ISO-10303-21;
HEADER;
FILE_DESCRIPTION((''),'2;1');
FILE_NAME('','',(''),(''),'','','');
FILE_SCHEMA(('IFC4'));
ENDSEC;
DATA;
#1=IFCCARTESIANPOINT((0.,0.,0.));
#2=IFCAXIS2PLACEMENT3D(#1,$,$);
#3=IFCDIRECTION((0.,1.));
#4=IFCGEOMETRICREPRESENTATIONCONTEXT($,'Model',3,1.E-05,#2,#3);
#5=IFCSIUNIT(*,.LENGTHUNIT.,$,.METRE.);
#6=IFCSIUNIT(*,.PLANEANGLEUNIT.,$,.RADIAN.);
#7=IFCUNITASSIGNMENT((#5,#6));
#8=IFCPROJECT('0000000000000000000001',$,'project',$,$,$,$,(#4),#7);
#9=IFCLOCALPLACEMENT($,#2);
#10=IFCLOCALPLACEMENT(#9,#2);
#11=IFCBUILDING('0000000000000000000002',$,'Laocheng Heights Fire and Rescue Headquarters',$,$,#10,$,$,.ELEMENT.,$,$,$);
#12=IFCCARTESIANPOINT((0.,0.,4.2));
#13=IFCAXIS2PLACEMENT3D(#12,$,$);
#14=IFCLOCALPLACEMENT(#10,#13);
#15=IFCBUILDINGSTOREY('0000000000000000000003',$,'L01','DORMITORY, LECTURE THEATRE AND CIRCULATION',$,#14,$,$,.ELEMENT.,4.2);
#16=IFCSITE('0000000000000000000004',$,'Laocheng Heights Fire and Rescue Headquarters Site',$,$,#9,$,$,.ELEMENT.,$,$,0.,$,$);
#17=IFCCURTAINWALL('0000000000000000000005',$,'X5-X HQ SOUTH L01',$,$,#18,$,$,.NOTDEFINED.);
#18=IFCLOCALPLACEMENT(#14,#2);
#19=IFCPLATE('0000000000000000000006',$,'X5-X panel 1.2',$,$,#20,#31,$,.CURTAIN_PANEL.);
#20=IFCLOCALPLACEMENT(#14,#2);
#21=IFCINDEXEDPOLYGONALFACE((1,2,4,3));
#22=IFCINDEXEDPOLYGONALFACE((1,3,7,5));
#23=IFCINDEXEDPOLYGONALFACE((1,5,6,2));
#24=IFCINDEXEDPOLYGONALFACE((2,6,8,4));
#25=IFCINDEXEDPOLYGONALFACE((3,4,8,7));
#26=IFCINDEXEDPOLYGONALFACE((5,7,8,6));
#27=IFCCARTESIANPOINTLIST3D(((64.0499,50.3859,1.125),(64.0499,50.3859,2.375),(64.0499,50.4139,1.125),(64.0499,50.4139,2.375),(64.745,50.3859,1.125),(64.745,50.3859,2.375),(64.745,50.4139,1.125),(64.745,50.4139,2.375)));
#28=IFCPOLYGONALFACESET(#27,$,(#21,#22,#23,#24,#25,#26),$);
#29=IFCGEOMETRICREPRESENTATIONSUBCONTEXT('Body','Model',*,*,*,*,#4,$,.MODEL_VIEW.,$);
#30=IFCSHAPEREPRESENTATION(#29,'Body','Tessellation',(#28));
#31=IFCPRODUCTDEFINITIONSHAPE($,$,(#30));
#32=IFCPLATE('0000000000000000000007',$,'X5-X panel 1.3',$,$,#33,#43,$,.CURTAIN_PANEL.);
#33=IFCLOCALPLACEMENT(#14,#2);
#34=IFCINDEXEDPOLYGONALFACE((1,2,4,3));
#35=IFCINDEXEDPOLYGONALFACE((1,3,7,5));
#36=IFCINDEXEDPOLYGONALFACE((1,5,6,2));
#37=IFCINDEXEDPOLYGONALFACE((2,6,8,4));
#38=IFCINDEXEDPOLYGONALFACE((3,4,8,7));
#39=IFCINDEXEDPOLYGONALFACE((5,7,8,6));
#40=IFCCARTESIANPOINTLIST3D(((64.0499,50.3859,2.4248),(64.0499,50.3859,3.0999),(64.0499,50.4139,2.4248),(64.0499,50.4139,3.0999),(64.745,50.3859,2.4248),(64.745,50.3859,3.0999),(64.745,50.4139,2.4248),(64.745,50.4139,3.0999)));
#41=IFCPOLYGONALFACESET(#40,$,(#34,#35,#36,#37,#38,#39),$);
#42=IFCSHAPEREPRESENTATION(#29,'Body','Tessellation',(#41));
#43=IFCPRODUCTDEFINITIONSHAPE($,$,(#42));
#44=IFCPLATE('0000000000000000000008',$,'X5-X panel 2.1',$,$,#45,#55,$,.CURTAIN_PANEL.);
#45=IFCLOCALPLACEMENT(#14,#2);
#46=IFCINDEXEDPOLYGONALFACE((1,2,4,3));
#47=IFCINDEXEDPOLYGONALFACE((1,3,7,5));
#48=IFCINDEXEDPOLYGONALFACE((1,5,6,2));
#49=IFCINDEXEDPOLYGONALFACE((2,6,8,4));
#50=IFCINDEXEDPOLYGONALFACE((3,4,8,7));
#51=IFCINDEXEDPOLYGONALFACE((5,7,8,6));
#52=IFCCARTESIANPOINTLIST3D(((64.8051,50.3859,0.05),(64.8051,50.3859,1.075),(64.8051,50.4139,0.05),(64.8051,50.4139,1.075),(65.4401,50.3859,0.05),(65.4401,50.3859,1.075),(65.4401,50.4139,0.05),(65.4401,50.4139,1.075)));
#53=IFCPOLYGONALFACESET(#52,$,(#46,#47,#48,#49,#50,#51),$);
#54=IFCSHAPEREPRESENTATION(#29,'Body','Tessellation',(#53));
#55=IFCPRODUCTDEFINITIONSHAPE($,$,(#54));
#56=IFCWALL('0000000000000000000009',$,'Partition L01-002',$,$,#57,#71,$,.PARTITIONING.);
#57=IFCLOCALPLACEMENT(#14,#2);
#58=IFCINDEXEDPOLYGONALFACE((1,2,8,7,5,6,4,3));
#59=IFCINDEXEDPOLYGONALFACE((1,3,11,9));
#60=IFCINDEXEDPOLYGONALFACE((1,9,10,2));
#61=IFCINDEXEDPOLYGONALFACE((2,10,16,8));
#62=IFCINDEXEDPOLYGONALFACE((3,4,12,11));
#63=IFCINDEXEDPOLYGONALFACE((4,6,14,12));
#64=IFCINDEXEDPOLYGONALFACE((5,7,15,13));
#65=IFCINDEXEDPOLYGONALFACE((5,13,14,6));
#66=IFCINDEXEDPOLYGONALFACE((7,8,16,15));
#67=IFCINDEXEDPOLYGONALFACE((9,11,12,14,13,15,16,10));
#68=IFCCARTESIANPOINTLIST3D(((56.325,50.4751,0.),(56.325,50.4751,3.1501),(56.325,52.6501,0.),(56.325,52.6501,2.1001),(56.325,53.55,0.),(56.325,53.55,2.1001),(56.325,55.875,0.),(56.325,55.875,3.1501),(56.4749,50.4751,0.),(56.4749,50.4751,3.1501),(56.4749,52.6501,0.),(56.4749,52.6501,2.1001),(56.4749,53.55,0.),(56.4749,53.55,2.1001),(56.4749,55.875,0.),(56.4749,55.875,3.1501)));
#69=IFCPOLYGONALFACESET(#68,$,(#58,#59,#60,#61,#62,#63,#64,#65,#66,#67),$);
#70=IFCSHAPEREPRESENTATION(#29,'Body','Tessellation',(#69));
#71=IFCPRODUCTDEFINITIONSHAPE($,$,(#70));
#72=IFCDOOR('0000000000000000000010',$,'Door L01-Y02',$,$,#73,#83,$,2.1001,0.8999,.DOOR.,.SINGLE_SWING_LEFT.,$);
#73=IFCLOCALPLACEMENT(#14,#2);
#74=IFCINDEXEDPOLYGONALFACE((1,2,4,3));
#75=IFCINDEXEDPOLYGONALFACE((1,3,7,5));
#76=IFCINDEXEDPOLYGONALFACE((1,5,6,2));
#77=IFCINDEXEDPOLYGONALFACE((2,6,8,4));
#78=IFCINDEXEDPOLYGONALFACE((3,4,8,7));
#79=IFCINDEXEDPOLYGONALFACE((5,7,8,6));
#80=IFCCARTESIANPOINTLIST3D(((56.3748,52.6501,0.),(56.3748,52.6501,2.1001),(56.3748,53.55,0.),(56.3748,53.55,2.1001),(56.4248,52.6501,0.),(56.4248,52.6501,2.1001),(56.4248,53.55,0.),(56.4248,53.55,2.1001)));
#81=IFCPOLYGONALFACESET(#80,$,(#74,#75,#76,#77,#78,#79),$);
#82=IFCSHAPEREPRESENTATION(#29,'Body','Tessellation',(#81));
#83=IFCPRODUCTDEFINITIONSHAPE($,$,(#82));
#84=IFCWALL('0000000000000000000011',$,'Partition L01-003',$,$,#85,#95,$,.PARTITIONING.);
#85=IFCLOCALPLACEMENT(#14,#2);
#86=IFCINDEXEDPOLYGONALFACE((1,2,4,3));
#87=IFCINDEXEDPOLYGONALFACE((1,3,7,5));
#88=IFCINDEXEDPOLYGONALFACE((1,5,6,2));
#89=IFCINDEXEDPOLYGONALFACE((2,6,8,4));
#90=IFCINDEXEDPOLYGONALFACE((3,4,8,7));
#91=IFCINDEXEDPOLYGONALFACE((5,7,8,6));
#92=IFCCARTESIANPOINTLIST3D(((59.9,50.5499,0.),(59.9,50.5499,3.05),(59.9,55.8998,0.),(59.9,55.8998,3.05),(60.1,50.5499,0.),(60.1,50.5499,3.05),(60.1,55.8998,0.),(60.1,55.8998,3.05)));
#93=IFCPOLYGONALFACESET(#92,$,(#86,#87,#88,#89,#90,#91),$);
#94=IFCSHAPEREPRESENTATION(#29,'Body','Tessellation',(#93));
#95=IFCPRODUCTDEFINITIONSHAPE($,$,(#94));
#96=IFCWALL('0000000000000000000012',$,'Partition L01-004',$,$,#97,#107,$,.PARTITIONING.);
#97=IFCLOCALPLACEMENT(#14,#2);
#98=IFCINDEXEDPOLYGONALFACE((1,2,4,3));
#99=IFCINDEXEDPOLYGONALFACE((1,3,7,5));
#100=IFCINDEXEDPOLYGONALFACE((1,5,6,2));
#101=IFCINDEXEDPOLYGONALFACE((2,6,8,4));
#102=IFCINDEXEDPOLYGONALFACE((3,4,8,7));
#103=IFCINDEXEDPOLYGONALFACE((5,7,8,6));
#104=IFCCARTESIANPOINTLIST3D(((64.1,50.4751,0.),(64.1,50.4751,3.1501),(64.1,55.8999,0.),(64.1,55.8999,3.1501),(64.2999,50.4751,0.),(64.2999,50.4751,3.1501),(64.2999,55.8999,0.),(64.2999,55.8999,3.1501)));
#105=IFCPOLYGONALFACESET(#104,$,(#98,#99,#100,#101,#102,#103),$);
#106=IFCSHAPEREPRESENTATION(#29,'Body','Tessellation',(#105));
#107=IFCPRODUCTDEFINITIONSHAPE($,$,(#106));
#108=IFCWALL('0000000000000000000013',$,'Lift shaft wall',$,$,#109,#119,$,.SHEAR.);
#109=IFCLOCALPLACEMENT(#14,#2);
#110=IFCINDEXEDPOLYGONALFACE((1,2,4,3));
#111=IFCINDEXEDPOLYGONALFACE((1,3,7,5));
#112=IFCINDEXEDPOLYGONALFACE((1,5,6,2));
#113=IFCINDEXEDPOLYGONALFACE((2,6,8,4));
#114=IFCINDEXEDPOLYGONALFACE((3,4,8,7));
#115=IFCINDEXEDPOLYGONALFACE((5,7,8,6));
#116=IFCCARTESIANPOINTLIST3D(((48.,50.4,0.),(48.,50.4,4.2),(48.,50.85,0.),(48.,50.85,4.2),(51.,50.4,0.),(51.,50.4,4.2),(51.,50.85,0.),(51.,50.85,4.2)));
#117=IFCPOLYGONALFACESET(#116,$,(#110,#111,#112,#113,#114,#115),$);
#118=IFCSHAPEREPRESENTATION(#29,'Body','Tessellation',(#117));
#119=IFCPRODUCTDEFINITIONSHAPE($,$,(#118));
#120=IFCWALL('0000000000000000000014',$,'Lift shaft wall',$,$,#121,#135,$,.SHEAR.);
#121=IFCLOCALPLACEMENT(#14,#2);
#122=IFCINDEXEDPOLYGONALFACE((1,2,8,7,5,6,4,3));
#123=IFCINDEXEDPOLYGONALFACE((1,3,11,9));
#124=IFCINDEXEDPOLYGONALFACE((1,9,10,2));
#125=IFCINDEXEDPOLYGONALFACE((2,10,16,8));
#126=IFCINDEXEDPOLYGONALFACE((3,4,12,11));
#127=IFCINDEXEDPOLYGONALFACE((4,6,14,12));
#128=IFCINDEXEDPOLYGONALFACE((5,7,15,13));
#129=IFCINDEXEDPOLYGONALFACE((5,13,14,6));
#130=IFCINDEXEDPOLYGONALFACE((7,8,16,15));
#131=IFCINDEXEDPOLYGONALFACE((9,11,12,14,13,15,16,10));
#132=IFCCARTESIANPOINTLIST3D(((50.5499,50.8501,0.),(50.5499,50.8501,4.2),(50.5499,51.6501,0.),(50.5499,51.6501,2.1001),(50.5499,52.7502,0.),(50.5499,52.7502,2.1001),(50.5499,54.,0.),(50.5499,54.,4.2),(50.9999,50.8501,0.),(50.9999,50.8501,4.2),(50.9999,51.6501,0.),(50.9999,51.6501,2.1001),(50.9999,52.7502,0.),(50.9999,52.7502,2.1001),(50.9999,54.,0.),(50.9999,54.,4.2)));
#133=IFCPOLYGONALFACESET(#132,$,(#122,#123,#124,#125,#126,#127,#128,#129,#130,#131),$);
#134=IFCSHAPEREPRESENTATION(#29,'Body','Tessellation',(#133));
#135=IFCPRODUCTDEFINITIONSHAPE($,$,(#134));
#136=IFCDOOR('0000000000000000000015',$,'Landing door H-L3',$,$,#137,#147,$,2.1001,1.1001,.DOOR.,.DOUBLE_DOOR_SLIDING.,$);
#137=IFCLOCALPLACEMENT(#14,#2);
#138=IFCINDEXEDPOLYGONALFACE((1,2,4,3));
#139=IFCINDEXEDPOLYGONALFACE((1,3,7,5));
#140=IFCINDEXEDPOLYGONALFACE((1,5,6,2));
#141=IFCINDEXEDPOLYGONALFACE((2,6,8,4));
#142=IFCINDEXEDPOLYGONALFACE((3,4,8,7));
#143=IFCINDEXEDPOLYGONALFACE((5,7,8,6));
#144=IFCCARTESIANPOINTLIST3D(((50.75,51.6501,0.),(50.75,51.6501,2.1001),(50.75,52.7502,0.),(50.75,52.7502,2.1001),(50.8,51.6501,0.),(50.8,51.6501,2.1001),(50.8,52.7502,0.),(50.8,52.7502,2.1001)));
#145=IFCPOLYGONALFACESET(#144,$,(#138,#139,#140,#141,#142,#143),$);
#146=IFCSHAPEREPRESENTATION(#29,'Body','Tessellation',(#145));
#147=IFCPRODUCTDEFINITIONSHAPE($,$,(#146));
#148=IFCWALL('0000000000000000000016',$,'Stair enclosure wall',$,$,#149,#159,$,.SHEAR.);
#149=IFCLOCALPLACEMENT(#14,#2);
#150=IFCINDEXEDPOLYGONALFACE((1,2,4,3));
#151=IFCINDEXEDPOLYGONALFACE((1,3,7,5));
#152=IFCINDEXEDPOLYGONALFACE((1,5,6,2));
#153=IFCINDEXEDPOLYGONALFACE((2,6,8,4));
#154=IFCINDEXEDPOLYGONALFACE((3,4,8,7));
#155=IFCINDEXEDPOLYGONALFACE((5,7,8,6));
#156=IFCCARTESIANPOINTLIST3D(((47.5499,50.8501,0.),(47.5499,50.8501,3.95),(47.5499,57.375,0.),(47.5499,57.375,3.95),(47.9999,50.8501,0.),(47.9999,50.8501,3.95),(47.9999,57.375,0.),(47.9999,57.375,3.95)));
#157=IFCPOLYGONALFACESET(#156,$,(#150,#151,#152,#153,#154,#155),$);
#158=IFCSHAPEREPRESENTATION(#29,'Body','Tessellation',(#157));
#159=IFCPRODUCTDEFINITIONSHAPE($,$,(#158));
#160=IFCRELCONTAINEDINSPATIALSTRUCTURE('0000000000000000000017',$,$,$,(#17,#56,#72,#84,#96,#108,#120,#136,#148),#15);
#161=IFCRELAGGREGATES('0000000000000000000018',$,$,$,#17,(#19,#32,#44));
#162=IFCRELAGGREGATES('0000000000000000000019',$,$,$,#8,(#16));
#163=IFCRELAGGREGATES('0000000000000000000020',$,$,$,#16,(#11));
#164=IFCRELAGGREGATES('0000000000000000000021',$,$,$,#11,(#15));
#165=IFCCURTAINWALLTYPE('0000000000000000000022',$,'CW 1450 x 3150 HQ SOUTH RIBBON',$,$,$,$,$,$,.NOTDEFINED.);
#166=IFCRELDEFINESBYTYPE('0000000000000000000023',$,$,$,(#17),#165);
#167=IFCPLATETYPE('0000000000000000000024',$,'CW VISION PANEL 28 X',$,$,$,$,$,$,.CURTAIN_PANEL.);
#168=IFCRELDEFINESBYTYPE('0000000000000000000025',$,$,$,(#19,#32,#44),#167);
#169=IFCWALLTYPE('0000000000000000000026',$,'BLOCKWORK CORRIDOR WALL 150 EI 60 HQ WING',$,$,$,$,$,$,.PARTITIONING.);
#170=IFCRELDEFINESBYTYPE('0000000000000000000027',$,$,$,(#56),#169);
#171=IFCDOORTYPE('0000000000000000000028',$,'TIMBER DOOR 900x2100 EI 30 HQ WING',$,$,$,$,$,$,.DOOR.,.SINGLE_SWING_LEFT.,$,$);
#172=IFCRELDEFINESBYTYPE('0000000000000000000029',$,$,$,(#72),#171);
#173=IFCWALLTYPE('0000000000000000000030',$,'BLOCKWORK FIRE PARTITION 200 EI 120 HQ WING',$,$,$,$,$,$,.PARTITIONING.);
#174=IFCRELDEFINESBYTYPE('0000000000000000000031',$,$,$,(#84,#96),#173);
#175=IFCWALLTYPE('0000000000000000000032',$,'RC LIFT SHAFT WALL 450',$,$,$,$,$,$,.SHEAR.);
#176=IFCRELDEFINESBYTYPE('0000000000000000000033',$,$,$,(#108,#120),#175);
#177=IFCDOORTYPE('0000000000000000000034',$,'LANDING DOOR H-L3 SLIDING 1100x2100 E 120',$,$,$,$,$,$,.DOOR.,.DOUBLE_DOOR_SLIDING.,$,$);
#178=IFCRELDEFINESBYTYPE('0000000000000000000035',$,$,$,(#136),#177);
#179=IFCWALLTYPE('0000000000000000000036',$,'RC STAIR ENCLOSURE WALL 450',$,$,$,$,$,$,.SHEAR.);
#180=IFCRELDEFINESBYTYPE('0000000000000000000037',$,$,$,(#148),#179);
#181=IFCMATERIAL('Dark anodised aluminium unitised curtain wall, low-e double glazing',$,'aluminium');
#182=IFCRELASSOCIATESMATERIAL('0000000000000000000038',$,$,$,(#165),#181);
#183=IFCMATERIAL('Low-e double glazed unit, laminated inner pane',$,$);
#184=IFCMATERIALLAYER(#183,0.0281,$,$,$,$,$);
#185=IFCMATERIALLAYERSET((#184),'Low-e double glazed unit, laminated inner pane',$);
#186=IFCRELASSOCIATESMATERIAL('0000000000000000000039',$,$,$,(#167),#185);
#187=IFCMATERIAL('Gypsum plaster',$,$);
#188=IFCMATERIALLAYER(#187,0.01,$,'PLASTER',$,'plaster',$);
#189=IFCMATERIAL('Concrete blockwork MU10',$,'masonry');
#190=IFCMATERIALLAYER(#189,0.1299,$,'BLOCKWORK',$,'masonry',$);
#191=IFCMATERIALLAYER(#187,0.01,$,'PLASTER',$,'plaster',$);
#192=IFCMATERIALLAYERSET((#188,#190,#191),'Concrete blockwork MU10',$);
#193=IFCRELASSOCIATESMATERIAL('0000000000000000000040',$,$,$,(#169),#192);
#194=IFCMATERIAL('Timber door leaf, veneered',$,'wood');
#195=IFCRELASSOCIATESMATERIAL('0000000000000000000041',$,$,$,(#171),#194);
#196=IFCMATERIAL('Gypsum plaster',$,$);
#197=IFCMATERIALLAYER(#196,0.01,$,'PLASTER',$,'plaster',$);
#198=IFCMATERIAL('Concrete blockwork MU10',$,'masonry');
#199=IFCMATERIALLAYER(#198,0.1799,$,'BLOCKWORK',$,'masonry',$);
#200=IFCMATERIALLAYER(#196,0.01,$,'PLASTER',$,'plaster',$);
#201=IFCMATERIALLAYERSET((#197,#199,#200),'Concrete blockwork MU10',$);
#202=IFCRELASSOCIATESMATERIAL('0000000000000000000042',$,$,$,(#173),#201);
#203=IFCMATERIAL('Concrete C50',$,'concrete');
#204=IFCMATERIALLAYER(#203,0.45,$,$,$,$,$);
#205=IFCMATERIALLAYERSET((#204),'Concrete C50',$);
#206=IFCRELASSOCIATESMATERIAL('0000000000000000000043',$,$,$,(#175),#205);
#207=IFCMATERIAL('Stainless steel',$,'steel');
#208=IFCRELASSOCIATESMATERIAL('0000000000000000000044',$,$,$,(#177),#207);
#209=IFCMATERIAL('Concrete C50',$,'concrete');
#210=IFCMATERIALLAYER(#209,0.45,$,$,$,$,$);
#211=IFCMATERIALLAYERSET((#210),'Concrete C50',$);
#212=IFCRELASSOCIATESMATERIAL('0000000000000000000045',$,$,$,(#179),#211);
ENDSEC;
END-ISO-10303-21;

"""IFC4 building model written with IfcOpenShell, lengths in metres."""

from ifc_helpers import new_model, si_unit, direction, frame, frame_2d, origin, origin_2d, place, context, subcontext, project, spatial, rectangle, extrude, material, layer, layer_set, type_object, element, fill, aggregate, save


model = new_model("IFC4")

# Units and contexts
model_context = context("Model", 3, precision=1e-05, world=origin(), true_north=direction((0.0, 1.0)))
body_context = subcontext(model_context, "Body", "Model", "MODEL_VIEW")
ifc_project = project(units=[si_unit("LENGTHUNIT", "METRE"), si_unit("PLANEANGLEUNIT", "RADIAN")], contexts=[model_context])

# Site, building, storey
site_placement = place(None, origin())
site = spatial("IfcSite", under=ifc_project, at=site_placement, Name="Laocheng Heights Fire and Rescue Headquarters Site", CompositionType="ELEMENT", RefElevation=0.0)
building_placement = place(site_placement, origin())
building = spatial("IfcBuilding", under=site, at=building_placement, Name="Laocheng Heights Fire and Rescue Headquarters", CompositionType="ELEMENT")
storey_placement = place(building_placement, frame((0.0, 0.0, 4.2)))
storey = spatial("IfcBuildingStorey", under=building, at=storey_placement, Name="L01", Description="DORMITORY, LECTURE THEATRE AND CIRCULATION", CompositionType="ELEMENT", Elevation=4.2)

# Curtain wall
ifc_material_1 = material(Name="Dark anodised aluminium unitised curtain wall, low-e double glazing", Category="aluminium")
curtain_wall_type = type_object("IfcCurtainWallType", Name="CW 1450 x 3150 HQ SOUTH RIBBON", PredefinedType="NOTDEFINED", material=ifc_material_1)
curtain_wall_1_placement = place(storey_placement, origin())
curtain_wall_1 = element("IfcCurtainWall", 1, at=curtain_wall_1_placement, inside=storey, type_object=curtain_wall_type, Name="X5-X HQ SOUTH L01", PredefinedType="NOTDEFINED")

# Shared definitions
ifc_material_2 = material(Name="Low-e double glazed unit, laminated inner pane")
ifc_layer_1 = layer(ifc_material_2, 0.0281)
ifc_layer_set_1 = layer_set([ifc_layer_1], Name="Low-e double glazed unit, laminated inner pane")
plate_type = type_object("IfcPlateType", Name="CW VISION PANEL 28 X", PredefinedType="CURTAIN_PANEL", material=ifc_layer_set_1)

# Plates
plate_1_placement = place(storey_placement, frame((64.3975, 50.3999, 1.125), z_axis=(0.0, 0.0, 1.0), x_axis=(1.0, 0.0, 0.0)))
plate_1 = element("IfcPlate", 2, at=plate_1_placement, type_object=plate_type, Name="X5-X panel 1.2", PredefinedType="CURTAIN_PANEL", context=body_context, shape_type="SweptSolid", body=[
    extrude(rectangle(XDim=0.6951, YDim=0.0281, at=origin_2d()), origin(), (0.0, 0.0, 1.0), 1.25),
])
plate_2_placement = place(storey_placement, frame((64.3975, 50.3999, 2.4248), z_axis=(0.0, 0.0, 1.0), x_axis=(1.0, 0.0, 0.0)))
plate_2 = element("IfcPlate", 3, at=plate_2_placement, type_object=plate_type, Name="X5-X panel 1.3", PredefinedType="CURTAIN_PANEL", context=body_context, shape_type="SweptSolid", body=[
    extrude(rectangle(XDim=0.6951, YDim=0.0281, at=origin_2d()), origin(), (0.0, 0.0, 1.0), 0.675),
])
plate_3_placement = place(storey_placement, frame((65.1226, 50.3999, 0.05), z_axis=(0.0, 0.0, 1.0), x_axis=(1.0, 0.0, 0.0)))
plate_3 = element("IfcPlate", 4, at=plate_3_placement, type_object=plate_type, Name="X5-X panel 2.1", PredefinedType="CURTAIN_PANEL", context=body_context, shape_type="SweptSolid", body=[
    extrude(rectangle(XDim=0.635, YDim=0.0281, at=origin_2d()), origin(), (0.0, 0.0, 1.0), 1.0249),
])
aggregate(curtain_wall_1, [plate_1, plate_2, plate_3])

# Wall, opening, door
ifc_material_3 = material(Name="Gypsum plaster")
ifc_layer_2 = layer(ifc_material_3, 0.01, Name="PLASTER", Category="plaster")
ifc_material_4 = material(Name="Concrete blockwork MU10", Category="masonry")
ifc_layer_3 = layer(ifc_material_4, 0.1299, Name="BLOCKWORK", Category="masonry")
ifc_layer_4 = layer(ifc_material_3, 0.01, Name="PLASTER", Category="plaster")
ifc_layer_set_2 = layer_set([ifc_layer_2, ifc_layer_3, ifc_layer_4], Name="Concrete blockwork MU10")
wall_type_1 = type_object("IfcWallType", Name="BLOCKWORK CORRIDOR WALL 150 EI 60 HQ WING", PredefinedType="PARTITIONING", material=ifc_layer_set_2)
wall_1_placement = place(storey_placement, frame((56.3999, 50.4751, 0.0), z_axis=(0.0, 0.0, 1.0), x_axis=(0.0, 1.0, 0.0)))
wall_1 = element("IfcWall", 5, at=wall_1_placement, inside=storey, type_object=wall_type_1, Name="Partition L01-002", PredefinedType="PARTITIONING", context=body_context, shape_type="SweptSolid", body=[
    extrude(rectangle(XDim=5.3999, YDim=0.1499, at=frame_2d((2.7, 0.0))), origin(), (0.0, 0.0, 1.0), 3.1501),
])
opening_1_placement = place(wall_1_placement, frame((2.175, 0.0, 0.0)))
opening_1 = element("IfcOpeningElement", 6, at=opening_1_placement, cuts=wall_1, PredefinedType="OPENING", context=body_context, shape_type="SweptSolid", body=[
    extrude(rectangle(XDim=0.8999, YDim=2.1001, at=frame_2d((0.45, 1.05))), frame((0.0, 0.085, 0.0), z_axis=(0.0, -1.0, 0.0), x_axis=(1.0, 0.0, 0.0)), (0.0, 0.0, 1.0), 0.1699),
])
ifc_material_5 = material(Name="Timber door leaf, veneered", Category="wood")
door_type_1 = type_object("IfcDoorType", Name="TIMBER DOOR 900x2100 EI 30 HQ WING", OperationType="SINGLE_SWING_LEFT", PredefinedType="DOOR", material=ifc_material_5)
door_1_placement = place(opening_1_placement, frame((0.8999, 0.0, 0.0), z_axis=(0.0, 0.0, 1.0), x_axis=(-1.0, 0.0, 0.0)))
door_1 = element("IfcDoor", 7, at=door_1_placement, inside=storey, type_object=door_type_1, Name="Door L01-Y02", OperationType="SINGLE_SWING_LEFT", OverallHeight=2.1001, OverallWidth=0.8999, PredefinedType="DOOR", context=body_context, shape_type="SweptSolid", body=[
    extrude(rectangle(XDim=0.8999, YDim=2.1001, at=frame_2d((0.45, 1.05))), frame((0.0, 0.0249, 0.0), z_axis=(0.0, -1.0, 0.0), x_axis=(1.0, 0.0, 0.0)), (0.0, 0.0, 1.0), 0.05),
])
fill(opening_1, door_1)

# Walls
ifc_material_6 = material(Name="Gypsum plaster")
ifc_layer_5 = layer(ifc_material_6, 0.01, Name="PLASTER", Category="plaster")
ifc_material_7 = material(Name="Concrete blockwork MU10", Category="masonry")
ifc_layer_6 = layer(ifc_material_7, 0.1799, Name="BLOCKWORK", Category="masonry")
ifc_layer_7 = layer(ifc_material_6, 0.01, Name="PLASTER", Category="plaster")
ifc_layer_set_3 = layer_set([ifc_layer_5, ifc_layer_6, ifc_layer_7], Name="Concrete blockwork MU10")
wall_type_2 = type_object("IfcWallType", Name="BLOCKWORK FIRE PARTITION 200 EI 120 HQ WING", PredefinedType="PARTITIONING", material=ifc_layer_set_3)
wall_2_placement = place(storey_placement, frame((60.0, 50.55, 0.0), z_axis=(0.0, 0.0, 1.0), x_axis=(0.0, 1.0, 0.0)))
element("IfcWall", 8, at=wall_2_placement, inside=storey, type_object=wall_type_2, Name="Partition L01-003", PredefinedType="PARTITIONING", context=body_context, shape_type="SweptSolid", body=[
    extrude(rectangle(XDim=5.3499, YDim=0.2, at=frame_2d((2.6748, 0.0))), origin(), (0.0, 0.0, 1.0), 3.05),
])
wall_3_placement = place(storey_placement, frame((64.2, 50.4751, 0.0), z_axis=(0.0, 0.0, 1.0), x_axis=(0.0, 1.0, 0.0)))
element("IfcWall", 9, at=wall_3_placement, inside=storey, type_object=wall_type_2, Name="Partition L01-004", PredefinedType="PARTITIONING", context=body_context, shape_type="SweptSolid", body=[
    extrude(rectangle(XDim=5.4248, YDim=0.2, at=frame_2d((2.7124, 0.0))), origin(), (0.0, 0.0, 1.0), 3.1501),
])

# Wall
ifc_material_8 = material(Name="Concrete C50", Category="concrete")
ifc_layer_8 = layer(ifc_material_8, 0.45)
ifc_layer_set_4 = layer_set([ifc_layer_8], Name="Concrete C50")
wall_type_3 = type_object("IfcWallType", Name="RC LIFT SHAFT WALL 450", PredefinedType="SHEAR", material=ifc_layer_set_4)
wall_4_placement = place(storey_placement, frame((48.0, 50.625, 0.0), z_axis=(0.0, 0.0, 1.0), x_axis=(1.0, 0.0, 0.0)))
element("IfcWall", 10, at=wall_4_placement, inside=storey, type_object=wall_type_3, Name="Lift shaft wall", PredefinedType="SHEAR", context=body_context, shape_type="SweptSolid", body=[
    extrude(rectangle(XDim=3.0, YDim=0.45, at=frame_2d((1.5, 0.0))), origin(), (0.0, 0.0, 1.0), 4.2),
])

# Wall, opening, door
wall_5_placement = place(storey_placement, frame((50.7749, 50.8501, 0.0), z_axis=(0.0, 0.0, 1.0), x_axis=(0.0, 1.0, 0.0)))
wall_5 = element("IfcWall", 11, at=wall_5_placement, inside=storey, type_object=wall_type_3, Name="Lift shaft wall", PredefinedType="SHEAR", context=body_context, shape_type="SweptSolid", body=[
    extrude(rectangle(XDim=3.1499, YDim=0.45, at=frame_2d((1.575, 0.0))), origin(), (0.0, 0.0, 1.0), 4.2),
])
opening_2_placement = place(wall_5_placement, frame((0.8, 0.0, 0.0)))
opening_2 = element("IfcOpeningElement", 12, at=opening_2_placement, cuts=wall_5, PredefinedType="OPENING", context=body_context, shape_type="SweptSolid", body=[
    extrude(rectangle(XDim=1.1001, YDim=2.1001, at=frame_2d((0.55, 1.05))), frame((0.0, 0.2349, 0.0), z_axis=(0.0, -1.0, 0.0), x_axis=(1.0, 0.0, 0.0)), (0.0, 0.0, 1.0), 0.47),
])
ifc_material_9 = material(Name="Stainless steel", Category="steel")
door_type_2 = type_object("IfcDoorType", Name="LANDING DOOR H-L3 SLIDING 1100x2100 E 120", OperationType="DOUBLE_DOOR_SLIDING", PredefinedType="DOOR", material=ifc_material_9)
door_2_placement = place(opening_2_placement, origin())
door_2 = element("IfcDoor", 13, at=door_2_placement, inside=storey, type_object=door_type_2, Name="Landing door H-L3", OperationType="DOUBLE_DOOR_SLIDING", OverallHeight=2.1001, OverallWidth=1.1001, PredefinedType="DOOR", context=body_context, shape_type="SweptSolid", body=[
    extrude(rectangle(XDim=1.1001, YDim=2.1001, at=frame_2d((0.55, 1.05))), frame((0.0, 0.0249, 0.0), z_axis=(0.0, -1.0, 0.0), x_axis=(1.0, 0.0, 0.0)), (0.0, 0.0, 1.0), 0.05),
])
fill(opening_2, door_2)

# Wall
ifc_material_10 = material(Name="Concrete C50", Category="concrete")
ifc_layer_9 = layer(ifc_material_10, 0.45)
ifc_layer_set_5 = layer_set([ifc_layer_9], Name="Concrete C50")
wall_type_4 = type_object("IfcWallType", Name="RC STAIR ENCLOSURE WALL 450", PredefinedType="SHEAR", material=ifc_layer_set_5)
wall_6_placement = place(storey_placement, frame((47.7749, 50.8501, 0.0), z_axis=(0.0, 0.0, 1.0), x_axis=(0.0, 1.0, 0.0)))
element("IfcWall", 14, at=wall_6_placement, inside=storey, type_object=wall_type_4, Name="Stair enclosure wall", PredefinedType="SHEAR", context=body_context, shape_type="SweptSolid", body=[
    extrude(rectangle(XDim=6.5249, YDim=0.45, at=frame_2d((3.2625, 0.0))), origin(), (0.0, 0.0, 1.0), 3.95),
])

save(model, "model.ifc")
